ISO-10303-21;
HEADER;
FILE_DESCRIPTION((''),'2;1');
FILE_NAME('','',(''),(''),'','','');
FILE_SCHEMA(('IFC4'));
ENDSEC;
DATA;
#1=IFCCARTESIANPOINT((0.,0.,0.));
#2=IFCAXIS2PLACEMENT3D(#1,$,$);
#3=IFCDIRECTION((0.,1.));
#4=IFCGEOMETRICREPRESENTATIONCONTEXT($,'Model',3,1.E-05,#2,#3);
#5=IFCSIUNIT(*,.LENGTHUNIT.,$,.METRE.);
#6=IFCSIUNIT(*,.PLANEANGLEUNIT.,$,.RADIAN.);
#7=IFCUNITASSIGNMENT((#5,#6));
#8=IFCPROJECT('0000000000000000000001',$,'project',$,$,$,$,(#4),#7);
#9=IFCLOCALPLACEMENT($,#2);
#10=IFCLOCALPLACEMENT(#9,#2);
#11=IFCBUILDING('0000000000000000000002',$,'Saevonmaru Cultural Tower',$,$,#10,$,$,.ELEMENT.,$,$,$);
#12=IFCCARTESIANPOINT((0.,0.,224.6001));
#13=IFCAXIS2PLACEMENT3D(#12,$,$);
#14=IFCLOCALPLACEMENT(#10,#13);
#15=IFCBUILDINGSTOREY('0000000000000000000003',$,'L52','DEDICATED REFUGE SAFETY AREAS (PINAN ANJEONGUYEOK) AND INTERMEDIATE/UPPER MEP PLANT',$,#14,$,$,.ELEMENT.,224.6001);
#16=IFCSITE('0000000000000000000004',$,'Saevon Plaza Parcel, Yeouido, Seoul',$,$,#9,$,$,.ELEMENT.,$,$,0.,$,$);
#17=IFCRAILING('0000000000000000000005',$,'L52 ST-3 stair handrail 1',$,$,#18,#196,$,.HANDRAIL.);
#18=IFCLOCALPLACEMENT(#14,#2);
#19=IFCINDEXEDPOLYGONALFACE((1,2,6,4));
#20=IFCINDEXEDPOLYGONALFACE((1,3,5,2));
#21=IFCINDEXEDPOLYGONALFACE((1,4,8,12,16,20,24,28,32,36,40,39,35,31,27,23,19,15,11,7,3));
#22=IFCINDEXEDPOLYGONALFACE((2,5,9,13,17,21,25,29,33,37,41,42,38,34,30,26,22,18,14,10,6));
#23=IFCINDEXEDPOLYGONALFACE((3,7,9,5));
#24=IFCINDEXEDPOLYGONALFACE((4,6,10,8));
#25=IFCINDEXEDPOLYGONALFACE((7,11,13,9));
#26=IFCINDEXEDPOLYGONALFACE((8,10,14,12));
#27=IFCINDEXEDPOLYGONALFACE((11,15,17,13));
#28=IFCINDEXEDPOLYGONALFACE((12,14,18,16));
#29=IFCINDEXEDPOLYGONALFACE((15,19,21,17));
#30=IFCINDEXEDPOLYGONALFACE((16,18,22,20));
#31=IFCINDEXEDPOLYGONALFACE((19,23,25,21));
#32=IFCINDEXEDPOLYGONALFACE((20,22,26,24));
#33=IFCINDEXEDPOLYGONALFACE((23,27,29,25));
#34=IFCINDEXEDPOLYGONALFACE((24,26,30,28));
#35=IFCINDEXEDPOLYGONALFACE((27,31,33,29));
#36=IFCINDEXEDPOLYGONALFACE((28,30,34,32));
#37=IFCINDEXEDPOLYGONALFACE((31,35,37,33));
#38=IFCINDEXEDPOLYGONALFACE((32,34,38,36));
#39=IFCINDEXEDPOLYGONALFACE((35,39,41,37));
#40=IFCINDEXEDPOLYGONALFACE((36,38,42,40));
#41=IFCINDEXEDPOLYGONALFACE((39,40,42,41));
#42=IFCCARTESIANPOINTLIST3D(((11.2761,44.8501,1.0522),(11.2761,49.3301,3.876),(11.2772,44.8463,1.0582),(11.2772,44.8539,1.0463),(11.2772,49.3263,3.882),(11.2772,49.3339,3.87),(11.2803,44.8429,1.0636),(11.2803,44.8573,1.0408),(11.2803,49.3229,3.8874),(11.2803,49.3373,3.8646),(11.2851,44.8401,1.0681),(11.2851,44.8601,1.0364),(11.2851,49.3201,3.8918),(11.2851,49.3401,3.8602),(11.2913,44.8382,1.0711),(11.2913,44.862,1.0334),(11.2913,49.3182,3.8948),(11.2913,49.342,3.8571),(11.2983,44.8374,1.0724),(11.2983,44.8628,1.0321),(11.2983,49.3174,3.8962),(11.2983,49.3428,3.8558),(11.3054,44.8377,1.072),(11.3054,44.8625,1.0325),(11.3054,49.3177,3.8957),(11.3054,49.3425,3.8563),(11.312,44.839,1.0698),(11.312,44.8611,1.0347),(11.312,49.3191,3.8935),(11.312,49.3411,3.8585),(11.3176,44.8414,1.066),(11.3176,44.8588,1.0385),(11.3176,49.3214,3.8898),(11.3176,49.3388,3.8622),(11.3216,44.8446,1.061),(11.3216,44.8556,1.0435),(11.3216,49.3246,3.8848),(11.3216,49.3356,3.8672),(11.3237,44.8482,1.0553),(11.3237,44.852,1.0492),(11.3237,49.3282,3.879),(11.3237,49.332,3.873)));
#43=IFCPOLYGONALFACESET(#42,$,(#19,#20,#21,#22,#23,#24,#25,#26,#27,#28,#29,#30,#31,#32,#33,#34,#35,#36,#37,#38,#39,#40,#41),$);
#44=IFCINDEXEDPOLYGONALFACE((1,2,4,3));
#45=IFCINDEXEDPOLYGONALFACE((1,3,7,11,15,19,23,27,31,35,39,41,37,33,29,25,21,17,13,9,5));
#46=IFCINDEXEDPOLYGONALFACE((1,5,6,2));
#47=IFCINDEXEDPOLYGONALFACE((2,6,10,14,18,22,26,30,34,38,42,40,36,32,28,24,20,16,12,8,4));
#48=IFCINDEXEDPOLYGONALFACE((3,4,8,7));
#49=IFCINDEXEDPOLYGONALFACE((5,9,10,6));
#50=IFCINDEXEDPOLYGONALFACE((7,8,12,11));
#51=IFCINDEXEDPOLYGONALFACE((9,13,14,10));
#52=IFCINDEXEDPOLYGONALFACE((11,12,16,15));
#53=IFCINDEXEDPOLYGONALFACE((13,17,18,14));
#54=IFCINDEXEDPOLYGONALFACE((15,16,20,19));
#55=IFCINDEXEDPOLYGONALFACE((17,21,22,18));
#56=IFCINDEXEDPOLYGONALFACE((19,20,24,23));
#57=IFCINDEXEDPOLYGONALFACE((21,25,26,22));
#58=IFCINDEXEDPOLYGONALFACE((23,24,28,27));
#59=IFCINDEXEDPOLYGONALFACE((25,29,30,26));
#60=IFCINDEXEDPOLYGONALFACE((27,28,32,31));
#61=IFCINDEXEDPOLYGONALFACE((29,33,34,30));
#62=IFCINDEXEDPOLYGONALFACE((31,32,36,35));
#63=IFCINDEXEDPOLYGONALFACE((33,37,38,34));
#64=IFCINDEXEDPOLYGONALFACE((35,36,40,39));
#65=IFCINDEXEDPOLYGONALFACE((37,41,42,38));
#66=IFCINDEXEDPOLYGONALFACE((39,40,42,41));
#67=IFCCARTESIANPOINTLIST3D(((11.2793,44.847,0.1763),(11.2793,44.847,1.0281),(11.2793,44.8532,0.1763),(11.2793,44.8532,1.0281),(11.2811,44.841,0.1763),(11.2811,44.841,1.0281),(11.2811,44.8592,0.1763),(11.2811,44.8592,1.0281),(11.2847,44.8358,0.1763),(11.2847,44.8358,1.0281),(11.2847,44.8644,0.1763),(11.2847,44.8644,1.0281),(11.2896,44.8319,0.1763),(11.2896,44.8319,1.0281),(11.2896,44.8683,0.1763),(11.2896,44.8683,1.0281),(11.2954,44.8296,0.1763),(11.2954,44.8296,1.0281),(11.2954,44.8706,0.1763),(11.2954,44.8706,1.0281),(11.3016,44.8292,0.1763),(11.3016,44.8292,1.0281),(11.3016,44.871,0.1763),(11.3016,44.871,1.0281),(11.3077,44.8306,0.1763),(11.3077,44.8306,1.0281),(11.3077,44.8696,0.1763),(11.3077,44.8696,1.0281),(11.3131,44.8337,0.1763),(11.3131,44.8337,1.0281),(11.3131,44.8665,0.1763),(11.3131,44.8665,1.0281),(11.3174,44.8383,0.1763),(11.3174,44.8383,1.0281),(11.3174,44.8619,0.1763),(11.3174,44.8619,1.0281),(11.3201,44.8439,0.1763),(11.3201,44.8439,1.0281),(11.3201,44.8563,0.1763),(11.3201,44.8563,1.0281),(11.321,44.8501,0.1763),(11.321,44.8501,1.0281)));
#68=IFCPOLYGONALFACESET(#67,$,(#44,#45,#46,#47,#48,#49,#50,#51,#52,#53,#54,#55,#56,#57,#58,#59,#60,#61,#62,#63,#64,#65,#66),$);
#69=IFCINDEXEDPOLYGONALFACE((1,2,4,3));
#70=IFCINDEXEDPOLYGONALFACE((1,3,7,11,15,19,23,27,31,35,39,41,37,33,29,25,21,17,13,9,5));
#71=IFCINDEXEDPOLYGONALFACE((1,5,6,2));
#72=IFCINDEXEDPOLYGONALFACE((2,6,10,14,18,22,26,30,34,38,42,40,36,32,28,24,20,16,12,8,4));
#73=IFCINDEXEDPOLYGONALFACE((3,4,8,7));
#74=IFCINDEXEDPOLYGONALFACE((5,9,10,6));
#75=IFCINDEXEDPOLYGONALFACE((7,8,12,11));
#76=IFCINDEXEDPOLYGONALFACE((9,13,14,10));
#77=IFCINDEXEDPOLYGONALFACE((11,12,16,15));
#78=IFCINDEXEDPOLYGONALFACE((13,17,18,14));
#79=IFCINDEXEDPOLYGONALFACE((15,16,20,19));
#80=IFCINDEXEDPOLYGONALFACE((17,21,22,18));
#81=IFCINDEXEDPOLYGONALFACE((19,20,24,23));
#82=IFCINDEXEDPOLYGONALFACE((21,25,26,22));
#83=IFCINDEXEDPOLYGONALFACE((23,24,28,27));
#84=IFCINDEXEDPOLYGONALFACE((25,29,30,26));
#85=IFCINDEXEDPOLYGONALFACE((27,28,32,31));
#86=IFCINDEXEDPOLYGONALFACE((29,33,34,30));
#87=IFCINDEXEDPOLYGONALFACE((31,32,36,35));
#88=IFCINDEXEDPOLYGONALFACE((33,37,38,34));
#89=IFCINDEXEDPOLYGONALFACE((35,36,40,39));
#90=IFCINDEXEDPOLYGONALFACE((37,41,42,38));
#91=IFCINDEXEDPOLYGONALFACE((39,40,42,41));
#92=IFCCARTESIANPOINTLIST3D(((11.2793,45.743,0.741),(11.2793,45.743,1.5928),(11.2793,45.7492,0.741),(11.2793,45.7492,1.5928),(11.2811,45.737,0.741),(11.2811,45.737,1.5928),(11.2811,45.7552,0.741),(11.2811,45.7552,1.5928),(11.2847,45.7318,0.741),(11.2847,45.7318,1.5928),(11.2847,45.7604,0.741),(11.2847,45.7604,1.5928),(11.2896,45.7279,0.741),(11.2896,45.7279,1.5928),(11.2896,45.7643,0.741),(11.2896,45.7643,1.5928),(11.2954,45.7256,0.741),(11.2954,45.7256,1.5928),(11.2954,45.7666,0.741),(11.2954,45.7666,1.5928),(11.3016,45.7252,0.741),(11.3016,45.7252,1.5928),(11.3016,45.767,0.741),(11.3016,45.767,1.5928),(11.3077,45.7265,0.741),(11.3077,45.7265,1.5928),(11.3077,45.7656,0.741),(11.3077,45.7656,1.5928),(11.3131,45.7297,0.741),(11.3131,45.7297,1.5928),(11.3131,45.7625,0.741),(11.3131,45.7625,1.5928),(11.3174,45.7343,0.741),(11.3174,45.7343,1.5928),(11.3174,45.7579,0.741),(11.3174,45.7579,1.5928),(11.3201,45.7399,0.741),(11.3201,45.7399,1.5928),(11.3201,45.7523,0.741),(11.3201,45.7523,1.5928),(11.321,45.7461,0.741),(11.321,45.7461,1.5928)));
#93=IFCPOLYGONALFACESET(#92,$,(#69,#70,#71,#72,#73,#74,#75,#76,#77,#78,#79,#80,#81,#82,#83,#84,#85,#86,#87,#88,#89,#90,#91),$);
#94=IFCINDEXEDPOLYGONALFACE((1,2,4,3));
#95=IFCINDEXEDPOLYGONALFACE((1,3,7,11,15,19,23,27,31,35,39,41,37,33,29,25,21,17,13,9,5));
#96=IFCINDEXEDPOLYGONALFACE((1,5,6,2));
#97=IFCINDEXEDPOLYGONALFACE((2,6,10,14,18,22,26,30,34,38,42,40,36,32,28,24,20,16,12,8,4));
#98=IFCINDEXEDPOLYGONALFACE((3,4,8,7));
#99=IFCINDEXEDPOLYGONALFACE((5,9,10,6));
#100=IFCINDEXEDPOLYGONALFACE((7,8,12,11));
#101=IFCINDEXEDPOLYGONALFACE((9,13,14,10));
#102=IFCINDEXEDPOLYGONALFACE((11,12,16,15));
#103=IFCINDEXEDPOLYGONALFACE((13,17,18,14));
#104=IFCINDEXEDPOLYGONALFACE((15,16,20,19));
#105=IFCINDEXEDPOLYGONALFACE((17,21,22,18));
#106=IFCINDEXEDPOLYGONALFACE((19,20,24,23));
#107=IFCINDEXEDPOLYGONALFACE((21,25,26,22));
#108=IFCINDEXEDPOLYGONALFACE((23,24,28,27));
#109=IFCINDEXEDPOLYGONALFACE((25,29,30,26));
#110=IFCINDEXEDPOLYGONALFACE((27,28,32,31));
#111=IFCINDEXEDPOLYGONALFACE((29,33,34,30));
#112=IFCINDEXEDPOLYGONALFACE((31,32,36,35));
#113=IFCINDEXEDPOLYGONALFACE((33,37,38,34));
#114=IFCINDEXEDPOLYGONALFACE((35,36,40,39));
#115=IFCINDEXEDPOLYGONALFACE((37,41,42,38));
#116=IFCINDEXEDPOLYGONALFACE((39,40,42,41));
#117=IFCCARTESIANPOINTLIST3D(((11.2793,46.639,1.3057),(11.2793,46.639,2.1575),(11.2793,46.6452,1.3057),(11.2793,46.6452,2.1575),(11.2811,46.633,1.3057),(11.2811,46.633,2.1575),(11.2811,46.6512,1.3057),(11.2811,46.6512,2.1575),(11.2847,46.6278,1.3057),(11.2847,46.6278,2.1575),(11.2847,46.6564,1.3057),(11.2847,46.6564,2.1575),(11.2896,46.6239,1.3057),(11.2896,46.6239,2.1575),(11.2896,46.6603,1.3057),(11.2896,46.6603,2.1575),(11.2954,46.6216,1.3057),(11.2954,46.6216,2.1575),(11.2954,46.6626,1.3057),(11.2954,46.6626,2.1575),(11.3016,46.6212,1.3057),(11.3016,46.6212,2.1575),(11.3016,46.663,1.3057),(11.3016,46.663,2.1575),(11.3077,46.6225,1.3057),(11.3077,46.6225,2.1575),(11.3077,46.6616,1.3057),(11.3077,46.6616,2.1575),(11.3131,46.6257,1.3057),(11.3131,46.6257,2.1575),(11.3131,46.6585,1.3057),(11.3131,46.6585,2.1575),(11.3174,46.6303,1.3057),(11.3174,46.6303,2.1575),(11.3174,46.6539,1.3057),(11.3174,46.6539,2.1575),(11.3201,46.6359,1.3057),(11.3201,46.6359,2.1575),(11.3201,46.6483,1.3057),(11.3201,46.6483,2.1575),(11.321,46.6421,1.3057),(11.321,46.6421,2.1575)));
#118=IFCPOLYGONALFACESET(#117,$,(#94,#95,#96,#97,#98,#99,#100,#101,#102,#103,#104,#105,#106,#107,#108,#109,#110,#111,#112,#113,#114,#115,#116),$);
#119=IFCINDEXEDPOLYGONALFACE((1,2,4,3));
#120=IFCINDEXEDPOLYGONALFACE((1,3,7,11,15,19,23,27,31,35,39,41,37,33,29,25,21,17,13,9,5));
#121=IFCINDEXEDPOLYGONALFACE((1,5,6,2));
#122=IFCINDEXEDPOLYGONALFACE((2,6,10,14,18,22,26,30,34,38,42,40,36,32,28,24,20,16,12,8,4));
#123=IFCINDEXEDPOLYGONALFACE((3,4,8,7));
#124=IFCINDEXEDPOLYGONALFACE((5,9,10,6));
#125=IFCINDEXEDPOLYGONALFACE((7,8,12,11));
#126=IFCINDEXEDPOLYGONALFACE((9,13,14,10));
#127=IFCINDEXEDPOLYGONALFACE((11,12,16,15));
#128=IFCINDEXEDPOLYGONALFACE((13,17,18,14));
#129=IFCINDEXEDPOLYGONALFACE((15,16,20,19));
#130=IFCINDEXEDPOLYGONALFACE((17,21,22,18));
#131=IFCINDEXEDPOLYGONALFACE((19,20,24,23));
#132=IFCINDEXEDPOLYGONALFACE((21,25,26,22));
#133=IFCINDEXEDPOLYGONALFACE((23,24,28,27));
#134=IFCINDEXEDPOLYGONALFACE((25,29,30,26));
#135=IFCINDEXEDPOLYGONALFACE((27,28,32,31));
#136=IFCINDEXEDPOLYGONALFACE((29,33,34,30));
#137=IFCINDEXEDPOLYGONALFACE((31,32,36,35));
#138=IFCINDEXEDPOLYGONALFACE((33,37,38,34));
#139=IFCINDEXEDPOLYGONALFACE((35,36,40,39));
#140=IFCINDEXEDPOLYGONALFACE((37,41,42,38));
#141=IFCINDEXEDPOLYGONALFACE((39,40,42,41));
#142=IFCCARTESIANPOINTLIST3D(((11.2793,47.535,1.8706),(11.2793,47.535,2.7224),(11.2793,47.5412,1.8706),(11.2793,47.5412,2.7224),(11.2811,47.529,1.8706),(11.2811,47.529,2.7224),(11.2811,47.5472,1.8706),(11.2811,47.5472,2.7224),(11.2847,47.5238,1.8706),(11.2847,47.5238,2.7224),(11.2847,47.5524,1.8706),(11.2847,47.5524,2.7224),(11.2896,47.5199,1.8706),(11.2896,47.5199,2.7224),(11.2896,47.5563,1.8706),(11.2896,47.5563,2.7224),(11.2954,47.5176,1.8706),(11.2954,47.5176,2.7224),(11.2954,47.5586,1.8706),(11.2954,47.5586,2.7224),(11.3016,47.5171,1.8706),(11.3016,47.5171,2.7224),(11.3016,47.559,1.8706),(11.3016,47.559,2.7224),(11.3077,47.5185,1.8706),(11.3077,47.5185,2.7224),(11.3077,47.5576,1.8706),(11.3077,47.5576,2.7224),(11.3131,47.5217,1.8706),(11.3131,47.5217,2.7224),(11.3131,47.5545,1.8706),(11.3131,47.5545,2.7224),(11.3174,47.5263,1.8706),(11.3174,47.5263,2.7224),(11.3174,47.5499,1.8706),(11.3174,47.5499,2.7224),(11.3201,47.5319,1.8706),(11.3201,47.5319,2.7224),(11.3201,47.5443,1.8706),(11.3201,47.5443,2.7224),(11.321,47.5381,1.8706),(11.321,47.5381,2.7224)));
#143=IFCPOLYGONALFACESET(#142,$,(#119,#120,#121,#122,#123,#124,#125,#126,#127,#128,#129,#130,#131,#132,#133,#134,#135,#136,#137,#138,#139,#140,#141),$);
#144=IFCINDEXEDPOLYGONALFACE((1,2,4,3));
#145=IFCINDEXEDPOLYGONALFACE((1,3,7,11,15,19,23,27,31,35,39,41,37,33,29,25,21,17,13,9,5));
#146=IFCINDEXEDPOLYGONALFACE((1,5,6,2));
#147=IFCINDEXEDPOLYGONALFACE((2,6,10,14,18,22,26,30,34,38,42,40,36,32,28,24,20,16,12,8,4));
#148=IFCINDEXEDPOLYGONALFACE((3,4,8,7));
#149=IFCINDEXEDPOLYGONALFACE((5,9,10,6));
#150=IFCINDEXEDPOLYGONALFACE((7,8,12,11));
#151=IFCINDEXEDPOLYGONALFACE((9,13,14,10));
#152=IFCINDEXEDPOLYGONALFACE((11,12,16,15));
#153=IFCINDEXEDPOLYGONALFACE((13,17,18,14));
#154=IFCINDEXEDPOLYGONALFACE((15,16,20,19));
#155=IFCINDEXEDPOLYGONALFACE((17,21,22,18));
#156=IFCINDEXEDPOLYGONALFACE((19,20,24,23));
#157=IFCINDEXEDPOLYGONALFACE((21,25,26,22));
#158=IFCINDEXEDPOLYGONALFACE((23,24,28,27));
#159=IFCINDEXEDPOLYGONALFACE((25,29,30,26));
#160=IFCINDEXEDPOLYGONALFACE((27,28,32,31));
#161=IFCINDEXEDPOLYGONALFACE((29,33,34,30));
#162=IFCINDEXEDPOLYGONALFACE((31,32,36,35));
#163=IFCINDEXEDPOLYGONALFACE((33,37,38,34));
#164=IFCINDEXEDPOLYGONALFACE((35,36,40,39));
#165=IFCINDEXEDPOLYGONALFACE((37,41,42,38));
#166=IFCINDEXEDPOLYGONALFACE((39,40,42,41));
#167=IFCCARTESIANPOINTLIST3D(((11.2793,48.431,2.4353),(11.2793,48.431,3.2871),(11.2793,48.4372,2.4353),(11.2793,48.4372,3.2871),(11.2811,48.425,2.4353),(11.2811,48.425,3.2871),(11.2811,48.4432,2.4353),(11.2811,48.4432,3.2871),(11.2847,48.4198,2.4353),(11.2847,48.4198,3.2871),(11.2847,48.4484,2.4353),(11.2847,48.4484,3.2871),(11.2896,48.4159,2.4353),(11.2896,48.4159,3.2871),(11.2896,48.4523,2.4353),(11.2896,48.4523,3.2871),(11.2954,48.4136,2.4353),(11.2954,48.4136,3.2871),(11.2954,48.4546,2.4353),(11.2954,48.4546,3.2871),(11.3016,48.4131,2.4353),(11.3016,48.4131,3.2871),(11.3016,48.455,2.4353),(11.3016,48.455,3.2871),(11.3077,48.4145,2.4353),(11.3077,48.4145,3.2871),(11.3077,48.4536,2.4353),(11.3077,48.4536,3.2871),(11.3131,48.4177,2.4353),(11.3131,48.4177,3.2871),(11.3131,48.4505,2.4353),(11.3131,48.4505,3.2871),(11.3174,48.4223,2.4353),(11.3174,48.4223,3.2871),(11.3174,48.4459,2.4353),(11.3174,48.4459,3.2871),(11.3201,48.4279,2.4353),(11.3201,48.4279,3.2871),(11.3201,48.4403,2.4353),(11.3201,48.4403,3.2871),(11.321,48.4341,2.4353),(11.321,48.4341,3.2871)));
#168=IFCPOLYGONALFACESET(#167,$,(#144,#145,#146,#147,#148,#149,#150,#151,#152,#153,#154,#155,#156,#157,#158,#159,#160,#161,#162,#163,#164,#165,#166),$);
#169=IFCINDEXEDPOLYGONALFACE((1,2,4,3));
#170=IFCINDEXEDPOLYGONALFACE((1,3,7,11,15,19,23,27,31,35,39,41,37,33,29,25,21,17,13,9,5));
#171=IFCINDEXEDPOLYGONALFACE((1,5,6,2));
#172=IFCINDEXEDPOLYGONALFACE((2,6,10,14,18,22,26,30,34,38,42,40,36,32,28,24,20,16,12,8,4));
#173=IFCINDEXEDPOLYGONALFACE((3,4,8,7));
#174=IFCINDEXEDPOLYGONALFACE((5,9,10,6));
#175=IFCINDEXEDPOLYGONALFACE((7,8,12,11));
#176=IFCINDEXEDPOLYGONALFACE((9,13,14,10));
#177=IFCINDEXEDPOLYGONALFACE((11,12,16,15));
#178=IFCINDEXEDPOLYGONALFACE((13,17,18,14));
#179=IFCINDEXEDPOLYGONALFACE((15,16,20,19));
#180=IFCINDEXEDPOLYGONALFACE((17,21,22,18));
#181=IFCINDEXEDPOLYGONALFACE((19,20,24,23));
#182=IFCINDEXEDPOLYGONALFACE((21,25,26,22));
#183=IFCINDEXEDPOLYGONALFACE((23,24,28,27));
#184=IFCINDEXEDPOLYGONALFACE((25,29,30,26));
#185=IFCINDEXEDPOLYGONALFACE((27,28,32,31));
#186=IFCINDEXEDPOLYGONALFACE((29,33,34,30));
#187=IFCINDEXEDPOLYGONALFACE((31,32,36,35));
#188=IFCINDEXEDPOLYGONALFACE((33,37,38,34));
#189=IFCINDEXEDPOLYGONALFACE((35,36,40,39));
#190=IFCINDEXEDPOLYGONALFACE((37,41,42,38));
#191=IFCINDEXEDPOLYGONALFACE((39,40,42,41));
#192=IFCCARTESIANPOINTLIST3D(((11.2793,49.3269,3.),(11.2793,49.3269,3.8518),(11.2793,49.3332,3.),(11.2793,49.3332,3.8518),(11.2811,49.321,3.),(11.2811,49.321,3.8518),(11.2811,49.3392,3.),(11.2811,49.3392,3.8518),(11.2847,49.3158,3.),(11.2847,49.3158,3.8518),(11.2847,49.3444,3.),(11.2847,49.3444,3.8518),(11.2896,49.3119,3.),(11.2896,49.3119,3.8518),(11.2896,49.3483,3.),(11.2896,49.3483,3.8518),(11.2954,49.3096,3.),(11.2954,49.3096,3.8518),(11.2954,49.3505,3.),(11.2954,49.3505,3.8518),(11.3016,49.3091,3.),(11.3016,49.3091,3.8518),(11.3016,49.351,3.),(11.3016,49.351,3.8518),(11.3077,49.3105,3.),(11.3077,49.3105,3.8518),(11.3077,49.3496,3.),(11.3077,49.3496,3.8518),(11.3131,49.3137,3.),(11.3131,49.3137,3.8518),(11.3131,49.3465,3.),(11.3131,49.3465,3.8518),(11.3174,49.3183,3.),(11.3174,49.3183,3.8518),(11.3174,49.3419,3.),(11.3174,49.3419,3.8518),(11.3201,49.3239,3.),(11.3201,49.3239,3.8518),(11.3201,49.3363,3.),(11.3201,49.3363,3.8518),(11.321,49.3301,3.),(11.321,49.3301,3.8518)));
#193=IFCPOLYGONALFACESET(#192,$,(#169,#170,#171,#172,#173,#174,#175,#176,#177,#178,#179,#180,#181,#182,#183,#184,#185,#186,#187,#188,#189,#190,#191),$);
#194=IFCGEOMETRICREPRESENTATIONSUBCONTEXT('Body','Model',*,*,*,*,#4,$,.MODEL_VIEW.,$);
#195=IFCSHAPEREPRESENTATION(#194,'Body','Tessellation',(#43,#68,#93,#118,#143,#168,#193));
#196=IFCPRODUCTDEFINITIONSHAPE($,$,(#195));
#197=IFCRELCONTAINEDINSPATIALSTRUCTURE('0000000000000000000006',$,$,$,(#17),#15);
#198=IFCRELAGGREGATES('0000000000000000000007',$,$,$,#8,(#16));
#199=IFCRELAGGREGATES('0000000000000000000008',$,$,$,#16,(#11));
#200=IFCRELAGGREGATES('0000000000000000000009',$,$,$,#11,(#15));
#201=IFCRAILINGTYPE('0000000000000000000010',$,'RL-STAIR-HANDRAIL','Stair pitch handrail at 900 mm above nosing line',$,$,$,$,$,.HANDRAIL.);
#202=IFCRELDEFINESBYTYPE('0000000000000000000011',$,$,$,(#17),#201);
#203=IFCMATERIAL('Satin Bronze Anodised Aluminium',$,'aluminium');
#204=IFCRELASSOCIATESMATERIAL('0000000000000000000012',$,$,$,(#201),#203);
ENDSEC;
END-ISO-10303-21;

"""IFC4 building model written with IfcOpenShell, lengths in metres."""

from ifc_helpers import new_model, si_unit, direction, frame, origin, origin_2d, place, context, subcontext, project, spatial, circle, extrude, material, type_object, element, save


model = new_model("IFC4")

# Units and contexts
model_context = context("Model", 3, precision=1e-05, world=origin(), true_north=direction((0.0, 1.0)))
body_context = subcontext(model_context, "Body", "Model", "MODEL_VIEW")
ifc_project = project(units=[si_unit("LENGTHUNIT", "METRE"), si_unit("PLANEANGLEUNIT", "RADIAN")], contexts=[model_context])

# Site, building, storey
site_placement = place(None, origin())
site = spatial("IfcSite", under=ifc_project, at=site_placement, Name="Saevon Plaza Parcel, Yeouido, Seoul", CompositionType="ELEMENT", RefElevation=0.0)
building_placement = place(site_placement, origin())
building = spatial("IfcBuilding", under=site, at=building_placement, Name="Saevonmaru Cultural Tower", CompositionType="ELEMENT")
storey_placement = place(building_placement, frame((0.0, 0.0, 224.6001)))
storey = spatial("IfcBuildingStorey", under=building, at=storey_placement, Name="L52", Description="DEDICATED REFUGE SAFETY AREAS (PINAN ANJEONGUYEOK) AND INTERMEDIATE/UPPER MEP PLANT", CompositionType="ELEMENT", Elevation=224.6001)

# Shared definitions
ifc_material_1 = material(Name="Satin Bronze Anodised Aluminium", Category="aluminium")

# Railing
railing_type_1 = type_object("IfcRailingType", Name="RL-STAIR-HANDRAIL", Description="Stair pitch handrail at 900 mm above nosing line", PredefinedType="HANDRAIL", material=ifc_material_1)
railing_1_placement = place(storey_placement, frame((11.3, 44.8501, 0.1763)))
element("IfcRailing", 1, at=railing_1_placement, inside=storey, type_object=railing_type_1, Name="L52 ST-3 stair handrail 1", PredefinedType="HANDRAIL", context=body_context, shape_type="SweptSolid", body=[
    extrude(circle(Radius=0.0239, at=origin_2d()), frame((0.0, 0.0, 0.876), z_axis=(0.0, 0.845977, 0.533219), x_axis=(-1.0, 0.0, 0.0)), (0.0, 0.0, 1.0), 5.2957),
    extrude(circle(Radius=0.021, at=origin_2d()), origin(), (0.0, 0.0, 1.0), 0.8518),
    extrude(circle(Radius=0.021, at=origin_2d()), frame((0.0, 0.896, 0.5647)), (0.0, 0.0, 1.0), 0.8518),
    extrude(circle(Radius=0.021, at=origin_2d()), frame((0.0, 1.792, 1.1294)), (0.0, 0.0, 1.0), 0.8518),
    extrude(circle(Radius=0.021, at=origin_2d()), frame((0.0, 2.688, 1.6943)), (0.0, 0.0, 1.0), 0.8518),
    extrude(circle(Radius=0.021, at=origin_2d()), frame((0.0, 3.584, 2.259)), (0.0, 0.0, 1.0), 0.8518),
    extrude(circle(Radius=0.021, at=origin_2d()), frame((0.0, 4.48, 2.8237)), (0.0, 0.0, 1.0), 0.8518),
])

save(model, "model.ifc")
